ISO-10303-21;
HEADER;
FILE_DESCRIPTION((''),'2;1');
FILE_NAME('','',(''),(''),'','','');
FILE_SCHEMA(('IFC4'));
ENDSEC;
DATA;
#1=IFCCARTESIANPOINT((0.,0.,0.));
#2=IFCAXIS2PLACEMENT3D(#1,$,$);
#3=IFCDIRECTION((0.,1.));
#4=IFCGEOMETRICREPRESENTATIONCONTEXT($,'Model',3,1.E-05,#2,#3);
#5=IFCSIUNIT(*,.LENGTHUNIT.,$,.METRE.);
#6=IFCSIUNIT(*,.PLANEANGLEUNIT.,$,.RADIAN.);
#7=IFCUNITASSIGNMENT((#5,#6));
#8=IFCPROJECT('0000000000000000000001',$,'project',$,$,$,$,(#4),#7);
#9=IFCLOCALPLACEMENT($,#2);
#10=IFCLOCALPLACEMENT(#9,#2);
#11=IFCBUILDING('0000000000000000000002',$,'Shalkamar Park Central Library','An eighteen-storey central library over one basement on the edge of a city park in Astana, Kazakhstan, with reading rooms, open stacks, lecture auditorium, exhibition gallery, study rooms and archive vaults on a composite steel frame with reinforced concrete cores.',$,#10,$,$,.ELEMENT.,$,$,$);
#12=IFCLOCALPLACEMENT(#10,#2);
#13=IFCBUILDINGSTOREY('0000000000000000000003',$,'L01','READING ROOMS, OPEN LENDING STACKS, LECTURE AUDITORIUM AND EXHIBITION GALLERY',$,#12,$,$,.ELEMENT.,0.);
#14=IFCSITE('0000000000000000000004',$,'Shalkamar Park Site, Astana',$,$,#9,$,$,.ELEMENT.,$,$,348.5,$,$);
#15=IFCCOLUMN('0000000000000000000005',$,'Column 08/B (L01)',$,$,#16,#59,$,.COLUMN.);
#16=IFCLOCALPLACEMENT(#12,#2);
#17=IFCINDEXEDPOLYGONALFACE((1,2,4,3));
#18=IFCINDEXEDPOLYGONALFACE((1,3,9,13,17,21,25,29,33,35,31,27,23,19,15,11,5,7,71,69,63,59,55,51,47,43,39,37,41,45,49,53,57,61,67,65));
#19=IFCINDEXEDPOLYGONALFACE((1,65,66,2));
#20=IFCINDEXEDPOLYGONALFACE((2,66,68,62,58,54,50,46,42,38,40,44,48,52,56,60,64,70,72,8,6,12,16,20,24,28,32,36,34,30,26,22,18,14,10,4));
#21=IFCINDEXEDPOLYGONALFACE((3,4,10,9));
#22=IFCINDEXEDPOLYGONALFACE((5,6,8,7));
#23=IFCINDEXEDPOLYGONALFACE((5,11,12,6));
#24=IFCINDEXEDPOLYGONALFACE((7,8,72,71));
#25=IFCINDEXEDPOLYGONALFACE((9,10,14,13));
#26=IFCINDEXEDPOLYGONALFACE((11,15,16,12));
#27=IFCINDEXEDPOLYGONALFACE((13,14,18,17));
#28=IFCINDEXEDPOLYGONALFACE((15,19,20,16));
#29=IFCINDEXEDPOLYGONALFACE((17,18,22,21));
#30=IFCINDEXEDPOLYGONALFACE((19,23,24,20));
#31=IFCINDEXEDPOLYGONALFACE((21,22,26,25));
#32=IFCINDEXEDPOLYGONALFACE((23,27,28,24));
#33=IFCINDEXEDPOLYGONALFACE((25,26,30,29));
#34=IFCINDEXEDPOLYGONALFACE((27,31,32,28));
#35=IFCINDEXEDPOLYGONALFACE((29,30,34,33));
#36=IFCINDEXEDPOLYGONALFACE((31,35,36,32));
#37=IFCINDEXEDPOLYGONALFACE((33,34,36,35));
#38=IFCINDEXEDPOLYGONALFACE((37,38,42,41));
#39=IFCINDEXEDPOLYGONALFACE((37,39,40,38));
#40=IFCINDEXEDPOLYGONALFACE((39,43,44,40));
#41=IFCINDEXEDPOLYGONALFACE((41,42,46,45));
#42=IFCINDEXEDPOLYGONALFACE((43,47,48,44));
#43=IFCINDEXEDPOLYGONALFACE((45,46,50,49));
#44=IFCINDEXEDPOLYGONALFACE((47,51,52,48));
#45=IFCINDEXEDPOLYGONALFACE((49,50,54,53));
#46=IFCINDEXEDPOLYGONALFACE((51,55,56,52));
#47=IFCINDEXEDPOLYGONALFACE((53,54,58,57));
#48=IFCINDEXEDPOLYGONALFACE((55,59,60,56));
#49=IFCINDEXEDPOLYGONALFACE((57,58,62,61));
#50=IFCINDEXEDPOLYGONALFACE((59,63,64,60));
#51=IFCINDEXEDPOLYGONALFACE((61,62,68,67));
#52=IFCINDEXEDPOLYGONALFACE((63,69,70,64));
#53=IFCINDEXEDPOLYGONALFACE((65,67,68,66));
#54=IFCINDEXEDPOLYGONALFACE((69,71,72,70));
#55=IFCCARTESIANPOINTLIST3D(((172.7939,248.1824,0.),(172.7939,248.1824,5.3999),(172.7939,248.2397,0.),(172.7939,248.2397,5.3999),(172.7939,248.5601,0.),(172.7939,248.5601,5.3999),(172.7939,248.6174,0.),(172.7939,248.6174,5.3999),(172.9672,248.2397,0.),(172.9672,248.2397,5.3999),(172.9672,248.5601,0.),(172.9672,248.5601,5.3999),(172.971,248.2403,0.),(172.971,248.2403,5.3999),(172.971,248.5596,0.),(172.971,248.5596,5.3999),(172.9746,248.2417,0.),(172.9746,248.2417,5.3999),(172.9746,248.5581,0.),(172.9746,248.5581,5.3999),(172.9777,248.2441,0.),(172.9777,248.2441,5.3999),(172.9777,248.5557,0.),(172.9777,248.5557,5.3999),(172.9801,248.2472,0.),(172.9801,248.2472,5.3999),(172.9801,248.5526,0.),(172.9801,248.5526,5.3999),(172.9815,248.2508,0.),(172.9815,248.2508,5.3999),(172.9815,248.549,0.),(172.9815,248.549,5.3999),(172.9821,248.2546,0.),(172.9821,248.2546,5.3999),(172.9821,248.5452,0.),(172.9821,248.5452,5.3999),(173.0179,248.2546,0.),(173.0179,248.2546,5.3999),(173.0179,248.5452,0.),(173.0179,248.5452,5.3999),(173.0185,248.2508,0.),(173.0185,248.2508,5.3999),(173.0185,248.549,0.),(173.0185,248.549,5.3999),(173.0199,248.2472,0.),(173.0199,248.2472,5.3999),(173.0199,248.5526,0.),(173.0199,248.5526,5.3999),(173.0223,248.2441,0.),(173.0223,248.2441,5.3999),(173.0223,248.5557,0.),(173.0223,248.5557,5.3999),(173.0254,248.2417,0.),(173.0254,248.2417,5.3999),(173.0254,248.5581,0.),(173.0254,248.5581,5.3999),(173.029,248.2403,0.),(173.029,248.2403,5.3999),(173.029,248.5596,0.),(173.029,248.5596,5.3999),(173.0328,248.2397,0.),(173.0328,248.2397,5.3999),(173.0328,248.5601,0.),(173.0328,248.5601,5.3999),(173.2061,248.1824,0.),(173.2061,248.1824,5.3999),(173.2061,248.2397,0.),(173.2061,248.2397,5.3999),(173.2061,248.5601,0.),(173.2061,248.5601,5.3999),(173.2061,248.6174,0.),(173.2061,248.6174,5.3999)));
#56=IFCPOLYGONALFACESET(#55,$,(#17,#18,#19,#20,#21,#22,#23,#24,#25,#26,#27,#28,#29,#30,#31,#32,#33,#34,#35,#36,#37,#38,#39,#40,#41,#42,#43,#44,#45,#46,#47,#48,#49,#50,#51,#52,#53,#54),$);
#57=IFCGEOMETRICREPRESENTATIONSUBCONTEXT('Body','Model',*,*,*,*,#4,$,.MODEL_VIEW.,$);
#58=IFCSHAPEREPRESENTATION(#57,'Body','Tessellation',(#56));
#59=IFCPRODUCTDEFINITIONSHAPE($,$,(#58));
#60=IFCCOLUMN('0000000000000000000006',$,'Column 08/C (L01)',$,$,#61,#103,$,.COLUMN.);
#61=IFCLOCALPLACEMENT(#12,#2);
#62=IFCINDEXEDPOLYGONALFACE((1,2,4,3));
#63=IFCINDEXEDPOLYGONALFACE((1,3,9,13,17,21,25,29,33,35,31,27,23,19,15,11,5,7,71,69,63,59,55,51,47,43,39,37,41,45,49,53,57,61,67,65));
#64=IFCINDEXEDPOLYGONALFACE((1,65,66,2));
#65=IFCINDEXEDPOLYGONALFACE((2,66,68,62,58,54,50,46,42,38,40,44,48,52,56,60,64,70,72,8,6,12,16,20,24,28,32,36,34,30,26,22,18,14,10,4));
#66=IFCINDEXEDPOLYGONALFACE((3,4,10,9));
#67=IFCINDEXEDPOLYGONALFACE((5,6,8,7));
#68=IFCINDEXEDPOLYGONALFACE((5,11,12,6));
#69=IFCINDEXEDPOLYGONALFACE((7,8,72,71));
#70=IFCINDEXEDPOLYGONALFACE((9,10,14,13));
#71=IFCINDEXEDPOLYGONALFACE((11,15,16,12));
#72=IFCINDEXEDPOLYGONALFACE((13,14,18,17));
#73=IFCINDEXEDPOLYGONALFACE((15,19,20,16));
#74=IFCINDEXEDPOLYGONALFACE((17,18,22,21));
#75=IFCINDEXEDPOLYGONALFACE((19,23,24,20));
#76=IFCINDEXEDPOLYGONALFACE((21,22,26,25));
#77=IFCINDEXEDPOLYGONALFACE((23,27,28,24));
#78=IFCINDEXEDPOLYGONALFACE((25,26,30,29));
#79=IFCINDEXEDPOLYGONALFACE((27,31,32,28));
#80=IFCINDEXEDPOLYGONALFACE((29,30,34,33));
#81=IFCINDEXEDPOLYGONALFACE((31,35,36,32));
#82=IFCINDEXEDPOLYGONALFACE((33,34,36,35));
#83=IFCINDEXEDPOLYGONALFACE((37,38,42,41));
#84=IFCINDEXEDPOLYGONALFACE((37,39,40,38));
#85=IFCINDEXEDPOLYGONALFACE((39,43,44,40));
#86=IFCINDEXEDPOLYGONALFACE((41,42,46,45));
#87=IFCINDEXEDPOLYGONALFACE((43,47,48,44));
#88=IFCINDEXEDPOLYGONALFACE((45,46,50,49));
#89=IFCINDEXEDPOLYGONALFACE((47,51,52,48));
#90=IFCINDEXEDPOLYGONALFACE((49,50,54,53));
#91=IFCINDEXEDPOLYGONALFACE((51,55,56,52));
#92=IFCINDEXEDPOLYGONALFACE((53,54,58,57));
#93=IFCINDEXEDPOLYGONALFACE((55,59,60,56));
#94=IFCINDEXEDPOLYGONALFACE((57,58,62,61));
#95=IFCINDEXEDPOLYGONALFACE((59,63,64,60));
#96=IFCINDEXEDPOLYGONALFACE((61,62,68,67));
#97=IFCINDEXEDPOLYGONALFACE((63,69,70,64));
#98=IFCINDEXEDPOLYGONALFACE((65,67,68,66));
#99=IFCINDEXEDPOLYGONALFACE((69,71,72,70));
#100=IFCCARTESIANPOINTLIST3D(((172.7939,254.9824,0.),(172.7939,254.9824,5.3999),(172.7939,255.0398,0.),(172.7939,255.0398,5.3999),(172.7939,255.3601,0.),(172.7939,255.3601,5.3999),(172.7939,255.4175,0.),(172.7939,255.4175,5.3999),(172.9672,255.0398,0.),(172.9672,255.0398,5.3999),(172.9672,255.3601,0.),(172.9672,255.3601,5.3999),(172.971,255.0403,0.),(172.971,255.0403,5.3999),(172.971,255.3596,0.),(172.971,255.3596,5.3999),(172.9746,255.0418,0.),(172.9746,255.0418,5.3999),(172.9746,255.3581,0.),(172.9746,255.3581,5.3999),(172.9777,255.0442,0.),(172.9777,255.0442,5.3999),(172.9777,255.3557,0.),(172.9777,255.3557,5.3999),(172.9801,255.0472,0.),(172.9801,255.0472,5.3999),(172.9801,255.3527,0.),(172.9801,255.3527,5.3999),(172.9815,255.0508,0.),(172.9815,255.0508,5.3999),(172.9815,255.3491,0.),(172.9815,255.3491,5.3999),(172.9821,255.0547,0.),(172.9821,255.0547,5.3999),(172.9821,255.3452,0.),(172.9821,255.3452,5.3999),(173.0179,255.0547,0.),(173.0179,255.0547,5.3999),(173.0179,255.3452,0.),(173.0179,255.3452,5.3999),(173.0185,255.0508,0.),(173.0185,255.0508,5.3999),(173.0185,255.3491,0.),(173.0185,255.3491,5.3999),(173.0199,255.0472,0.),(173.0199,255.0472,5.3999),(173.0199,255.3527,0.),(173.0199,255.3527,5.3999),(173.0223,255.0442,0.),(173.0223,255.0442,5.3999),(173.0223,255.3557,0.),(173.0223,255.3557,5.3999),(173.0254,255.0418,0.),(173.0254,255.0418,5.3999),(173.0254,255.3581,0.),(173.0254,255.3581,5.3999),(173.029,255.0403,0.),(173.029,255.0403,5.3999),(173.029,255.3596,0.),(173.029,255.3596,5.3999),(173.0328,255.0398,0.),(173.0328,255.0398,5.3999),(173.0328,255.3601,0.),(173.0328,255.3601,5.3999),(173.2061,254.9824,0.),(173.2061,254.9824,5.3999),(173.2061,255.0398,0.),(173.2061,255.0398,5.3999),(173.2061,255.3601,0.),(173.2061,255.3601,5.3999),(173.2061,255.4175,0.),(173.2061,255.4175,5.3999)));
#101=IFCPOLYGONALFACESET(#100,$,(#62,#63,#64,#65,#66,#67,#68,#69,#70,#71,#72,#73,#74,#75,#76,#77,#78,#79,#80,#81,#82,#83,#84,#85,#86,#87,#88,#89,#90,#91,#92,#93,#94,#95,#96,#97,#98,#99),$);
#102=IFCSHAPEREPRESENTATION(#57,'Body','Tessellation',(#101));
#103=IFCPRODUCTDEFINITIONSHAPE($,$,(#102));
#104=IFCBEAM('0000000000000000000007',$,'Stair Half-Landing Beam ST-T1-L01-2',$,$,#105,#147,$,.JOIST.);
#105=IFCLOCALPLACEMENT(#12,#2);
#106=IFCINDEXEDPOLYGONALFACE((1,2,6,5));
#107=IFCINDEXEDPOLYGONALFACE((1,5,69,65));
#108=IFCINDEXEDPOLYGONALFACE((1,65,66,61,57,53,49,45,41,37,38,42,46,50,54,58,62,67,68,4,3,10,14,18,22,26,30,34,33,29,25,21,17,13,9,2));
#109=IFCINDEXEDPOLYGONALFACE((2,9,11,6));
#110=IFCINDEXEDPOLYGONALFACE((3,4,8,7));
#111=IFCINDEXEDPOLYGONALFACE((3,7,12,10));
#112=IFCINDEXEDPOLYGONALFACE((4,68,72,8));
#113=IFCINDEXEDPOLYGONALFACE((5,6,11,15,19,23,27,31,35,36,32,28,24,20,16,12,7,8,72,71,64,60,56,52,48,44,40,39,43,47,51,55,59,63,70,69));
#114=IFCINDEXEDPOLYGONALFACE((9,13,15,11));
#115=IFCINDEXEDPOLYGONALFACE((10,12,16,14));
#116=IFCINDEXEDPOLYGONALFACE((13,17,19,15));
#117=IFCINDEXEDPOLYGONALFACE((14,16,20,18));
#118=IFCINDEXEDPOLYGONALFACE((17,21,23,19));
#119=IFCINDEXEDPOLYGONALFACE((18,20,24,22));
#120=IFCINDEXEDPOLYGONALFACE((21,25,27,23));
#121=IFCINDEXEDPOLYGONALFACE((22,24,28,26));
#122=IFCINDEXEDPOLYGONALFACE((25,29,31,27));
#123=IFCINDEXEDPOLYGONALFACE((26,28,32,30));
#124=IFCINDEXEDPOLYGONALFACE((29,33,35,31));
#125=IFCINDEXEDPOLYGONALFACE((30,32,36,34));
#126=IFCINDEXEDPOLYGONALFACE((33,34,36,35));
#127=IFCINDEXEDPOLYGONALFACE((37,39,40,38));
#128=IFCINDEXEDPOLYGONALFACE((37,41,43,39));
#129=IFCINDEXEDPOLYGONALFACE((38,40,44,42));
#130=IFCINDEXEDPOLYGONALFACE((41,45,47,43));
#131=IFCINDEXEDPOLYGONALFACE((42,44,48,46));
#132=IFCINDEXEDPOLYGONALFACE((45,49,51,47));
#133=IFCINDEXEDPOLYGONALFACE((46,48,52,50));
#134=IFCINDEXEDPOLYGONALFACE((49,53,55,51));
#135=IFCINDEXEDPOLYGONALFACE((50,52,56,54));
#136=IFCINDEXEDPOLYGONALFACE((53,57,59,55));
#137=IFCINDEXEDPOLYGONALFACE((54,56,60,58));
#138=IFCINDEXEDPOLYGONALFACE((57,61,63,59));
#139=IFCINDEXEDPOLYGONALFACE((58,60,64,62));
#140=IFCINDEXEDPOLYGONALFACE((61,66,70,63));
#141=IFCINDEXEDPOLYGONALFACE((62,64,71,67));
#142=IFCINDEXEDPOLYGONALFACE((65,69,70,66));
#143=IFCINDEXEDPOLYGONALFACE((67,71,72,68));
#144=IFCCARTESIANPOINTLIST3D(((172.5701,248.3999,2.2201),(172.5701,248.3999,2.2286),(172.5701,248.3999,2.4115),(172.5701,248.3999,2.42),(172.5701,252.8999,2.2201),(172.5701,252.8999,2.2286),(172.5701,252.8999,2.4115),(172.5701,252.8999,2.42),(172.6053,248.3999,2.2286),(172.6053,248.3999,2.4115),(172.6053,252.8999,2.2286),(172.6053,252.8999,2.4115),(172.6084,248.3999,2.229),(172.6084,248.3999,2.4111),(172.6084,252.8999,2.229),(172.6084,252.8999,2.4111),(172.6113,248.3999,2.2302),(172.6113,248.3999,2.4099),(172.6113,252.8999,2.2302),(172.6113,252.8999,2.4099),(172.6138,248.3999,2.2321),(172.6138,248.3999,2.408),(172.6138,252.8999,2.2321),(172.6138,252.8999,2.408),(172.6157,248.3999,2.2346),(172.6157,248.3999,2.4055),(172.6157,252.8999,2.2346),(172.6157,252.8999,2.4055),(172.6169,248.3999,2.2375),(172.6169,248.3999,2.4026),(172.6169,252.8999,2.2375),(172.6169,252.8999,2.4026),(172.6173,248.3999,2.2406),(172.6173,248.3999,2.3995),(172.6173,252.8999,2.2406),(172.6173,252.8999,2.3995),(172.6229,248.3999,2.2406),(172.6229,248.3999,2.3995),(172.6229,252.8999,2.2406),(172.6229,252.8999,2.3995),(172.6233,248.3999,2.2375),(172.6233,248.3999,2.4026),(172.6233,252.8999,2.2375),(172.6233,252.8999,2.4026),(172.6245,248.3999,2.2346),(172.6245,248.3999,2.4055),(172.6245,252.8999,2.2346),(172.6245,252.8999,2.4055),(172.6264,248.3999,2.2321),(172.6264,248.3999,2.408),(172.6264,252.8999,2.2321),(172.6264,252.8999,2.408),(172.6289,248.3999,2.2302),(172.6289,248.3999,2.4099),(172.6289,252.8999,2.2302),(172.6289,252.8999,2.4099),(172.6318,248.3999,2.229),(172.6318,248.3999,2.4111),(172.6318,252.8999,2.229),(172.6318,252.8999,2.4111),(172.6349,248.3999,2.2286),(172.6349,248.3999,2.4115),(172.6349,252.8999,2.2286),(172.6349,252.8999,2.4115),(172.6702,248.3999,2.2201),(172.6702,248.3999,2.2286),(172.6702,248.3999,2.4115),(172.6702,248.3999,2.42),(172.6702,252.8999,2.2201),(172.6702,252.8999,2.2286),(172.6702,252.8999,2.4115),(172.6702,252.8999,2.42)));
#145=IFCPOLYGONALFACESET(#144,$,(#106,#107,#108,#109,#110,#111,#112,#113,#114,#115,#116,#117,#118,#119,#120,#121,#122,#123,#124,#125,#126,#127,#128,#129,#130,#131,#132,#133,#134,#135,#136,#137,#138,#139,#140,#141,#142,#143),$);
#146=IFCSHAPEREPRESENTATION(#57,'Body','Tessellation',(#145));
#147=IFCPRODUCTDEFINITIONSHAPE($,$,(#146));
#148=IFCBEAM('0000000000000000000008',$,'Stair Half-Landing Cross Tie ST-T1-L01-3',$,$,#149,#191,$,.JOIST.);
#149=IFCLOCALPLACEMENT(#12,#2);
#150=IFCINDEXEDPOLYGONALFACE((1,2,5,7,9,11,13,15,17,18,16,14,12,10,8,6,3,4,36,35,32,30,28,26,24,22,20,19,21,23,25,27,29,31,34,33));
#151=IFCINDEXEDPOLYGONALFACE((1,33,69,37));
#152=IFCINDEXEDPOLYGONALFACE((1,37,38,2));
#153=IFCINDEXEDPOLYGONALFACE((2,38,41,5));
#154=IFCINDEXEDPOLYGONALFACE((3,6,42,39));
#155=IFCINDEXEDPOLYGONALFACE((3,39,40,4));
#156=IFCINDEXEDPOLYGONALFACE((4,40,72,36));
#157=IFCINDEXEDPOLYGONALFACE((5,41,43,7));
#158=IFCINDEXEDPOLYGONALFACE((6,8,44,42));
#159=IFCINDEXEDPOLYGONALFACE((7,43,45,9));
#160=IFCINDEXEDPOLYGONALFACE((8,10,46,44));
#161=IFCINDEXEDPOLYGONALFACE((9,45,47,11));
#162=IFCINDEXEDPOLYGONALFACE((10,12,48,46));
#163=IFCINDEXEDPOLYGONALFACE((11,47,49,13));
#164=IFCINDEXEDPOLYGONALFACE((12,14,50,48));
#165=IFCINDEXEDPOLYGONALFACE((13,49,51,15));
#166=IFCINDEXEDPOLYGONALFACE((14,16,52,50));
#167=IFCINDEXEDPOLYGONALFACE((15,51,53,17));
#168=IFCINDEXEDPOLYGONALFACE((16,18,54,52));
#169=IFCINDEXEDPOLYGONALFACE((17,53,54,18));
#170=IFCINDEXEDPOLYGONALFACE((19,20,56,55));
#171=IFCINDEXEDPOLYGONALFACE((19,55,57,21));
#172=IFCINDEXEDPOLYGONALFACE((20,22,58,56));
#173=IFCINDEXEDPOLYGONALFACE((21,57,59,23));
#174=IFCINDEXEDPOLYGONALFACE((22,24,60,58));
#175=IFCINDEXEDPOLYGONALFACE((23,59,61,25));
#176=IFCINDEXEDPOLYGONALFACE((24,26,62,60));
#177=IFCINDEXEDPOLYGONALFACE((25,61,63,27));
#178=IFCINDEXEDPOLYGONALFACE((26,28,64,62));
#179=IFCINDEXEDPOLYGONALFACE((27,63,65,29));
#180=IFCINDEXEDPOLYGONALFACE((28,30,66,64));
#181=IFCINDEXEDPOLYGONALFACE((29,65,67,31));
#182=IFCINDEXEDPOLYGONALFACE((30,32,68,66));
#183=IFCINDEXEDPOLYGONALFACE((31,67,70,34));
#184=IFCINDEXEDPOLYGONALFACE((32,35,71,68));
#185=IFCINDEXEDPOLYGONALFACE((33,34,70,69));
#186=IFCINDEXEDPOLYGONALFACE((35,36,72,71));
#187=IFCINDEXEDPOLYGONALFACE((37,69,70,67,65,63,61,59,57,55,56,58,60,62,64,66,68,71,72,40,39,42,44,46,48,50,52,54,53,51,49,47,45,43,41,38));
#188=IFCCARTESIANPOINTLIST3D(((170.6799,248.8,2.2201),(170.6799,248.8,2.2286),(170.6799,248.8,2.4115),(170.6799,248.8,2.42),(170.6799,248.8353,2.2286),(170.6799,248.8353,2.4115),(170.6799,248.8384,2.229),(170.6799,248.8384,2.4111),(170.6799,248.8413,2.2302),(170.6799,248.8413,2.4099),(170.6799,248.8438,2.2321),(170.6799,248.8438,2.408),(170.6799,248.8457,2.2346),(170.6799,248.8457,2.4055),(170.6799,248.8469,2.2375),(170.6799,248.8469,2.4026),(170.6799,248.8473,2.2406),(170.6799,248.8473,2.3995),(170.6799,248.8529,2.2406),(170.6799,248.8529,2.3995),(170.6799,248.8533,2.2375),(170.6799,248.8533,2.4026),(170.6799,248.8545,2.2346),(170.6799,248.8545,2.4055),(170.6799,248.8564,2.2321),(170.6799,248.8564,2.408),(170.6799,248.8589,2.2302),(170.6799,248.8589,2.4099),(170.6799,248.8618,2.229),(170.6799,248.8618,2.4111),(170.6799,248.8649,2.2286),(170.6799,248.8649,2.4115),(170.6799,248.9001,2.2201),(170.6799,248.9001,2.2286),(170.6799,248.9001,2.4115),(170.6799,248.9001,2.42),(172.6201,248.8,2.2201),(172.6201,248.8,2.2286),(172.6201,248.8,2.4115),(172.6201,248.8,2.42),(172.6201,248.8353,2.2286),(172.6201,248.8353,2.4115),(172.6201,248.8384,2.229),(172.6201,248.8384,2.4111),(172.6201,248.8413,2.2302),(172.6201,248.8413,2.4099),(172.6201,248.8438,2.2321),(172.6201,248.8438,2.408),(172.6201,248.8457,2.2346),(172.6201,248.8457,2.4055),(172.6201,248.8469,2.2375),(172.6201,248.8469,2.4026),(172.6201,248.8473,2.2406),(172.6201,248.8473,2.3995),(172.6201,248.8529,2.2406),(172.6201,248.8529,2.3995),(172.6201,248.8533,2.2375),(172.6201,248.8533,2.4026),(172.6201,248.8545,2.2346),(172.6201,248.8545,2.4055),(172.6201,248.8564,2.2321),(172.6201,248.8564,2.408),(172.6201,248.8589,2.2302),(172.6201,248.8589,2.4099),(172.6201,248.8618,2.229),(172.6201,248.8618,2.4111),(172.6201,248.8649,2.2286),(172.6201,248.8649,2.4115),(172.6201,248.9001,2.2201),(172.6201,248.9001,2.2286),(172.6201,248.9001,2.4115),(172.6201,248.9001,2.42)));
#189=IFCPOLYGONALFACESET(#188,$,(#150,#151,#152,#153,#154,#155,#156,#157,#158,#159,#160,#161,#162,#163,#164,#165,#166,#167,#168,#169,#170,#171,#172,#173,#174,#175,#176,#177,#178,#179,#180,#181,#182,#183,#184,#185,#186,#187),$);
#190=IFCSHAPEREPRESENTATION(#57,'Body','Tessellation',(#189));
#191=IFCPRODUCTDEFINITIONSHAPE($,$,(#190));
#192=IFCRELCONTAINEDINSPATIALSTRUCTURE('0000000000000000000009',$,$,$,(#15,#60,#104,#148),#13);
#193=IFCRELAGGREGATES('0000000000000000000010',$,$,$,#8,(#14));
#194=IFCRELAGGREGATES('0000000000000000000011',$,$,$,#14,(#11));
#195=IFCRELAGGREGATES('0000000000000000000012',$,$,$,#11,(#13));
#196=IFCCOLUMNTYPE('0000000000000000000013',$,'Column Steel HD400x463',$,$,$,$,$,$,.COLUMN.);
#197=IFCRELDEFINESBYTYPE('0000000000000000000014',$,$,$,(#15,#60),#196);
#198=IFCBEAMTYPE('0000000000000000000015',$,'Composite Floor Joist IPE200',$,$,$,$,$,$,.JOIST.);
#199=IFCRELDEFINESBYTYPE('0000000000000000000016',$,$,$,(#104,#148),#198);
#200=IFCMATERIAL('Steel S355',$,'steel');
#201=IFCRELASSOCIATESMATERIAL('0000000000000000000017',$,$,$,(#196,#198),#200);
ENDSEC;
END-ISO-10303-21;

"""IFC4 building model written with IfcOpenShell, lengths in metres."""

from ifc_helpers import new_model, si_unit, direction, frame, origin, origin_2d, place, context, subcontext, project, spatial, i_section, extrude, material, material_profile, profile_set, type_object, element, save


model = new_model("IFC4")

# Units and contexts
model_context = context("Model", 3, precision=1e-05, world=origin(), true_north=direction((0.0, 1.0)))
body_context = subcontext(model_context, "Body", "Model", "MODEL_VIEW")
ifc_project = project(units=[si_unit("LENGTHUNIT", "METRE"), si_unit("PLANEANGLEUNIT", "RADIAN")], contexts=[model_context])

# Site, building, storey
site_placement = place(None, origin())
site = spatial("IfcSite", under=ifc_project, at=site_placement, Name="Shalkamar Park Site, Astana", CompositionType="ELEMENT", RefElevation=348.5)
building_placement = place(site_placement, origin())
building = spatial("IfcBuilding", under=site, at=building_placement, Name="Shalkamar Park Central Library", Description="An eighteen-storey central library over one basement on the edge of a city park in Astana, Kazakhstan, with reading rooms, open stacks, lecture auditorium, exhibition gallery, study rooms and archive vaults on a composite steel frame with reinforced concrete cores.", CompositionType="ELEMENT")
storey_placement = place(building_placement, origin())
storey = spatial("IfcBuildingStorey", under=building, at=storey_placement, Name="L01", Description="READING ROOMS, OPEN LENDING STACKS, LECTURE AUDITORIUM AND EXHIBITION GALLERY", CompositionType="ELEMENT", Elevation=0.0)

# Columns
ifc_material_1 = material(Name="Steel S355", Category="steel")
ifc_material_profile_1 = material_profile(ifc_material_1, i_section(OverallWidth=0.4121, OverallDepth=0.4351, WebThickness=0.0359, FlangeThickness=0.0574, FilletRadius=0.0149, at=origin_2d()), Name="HD 400x463")
ifc_profile_set_1 = profile_set([ifc_material_profile_1], Name="Steel S355")
column_type = type_object("IfcColumnType", Name="Column Steel HD400x463", PredefinedType="COLUMN", material=ifc_profile_set_1)
for number, where, z_axis, x_axis, name in (
    (1, (173.0, 248.3999, 0.0), (0.0, 0.0, 1.0), (1.0, 0.0, 0.0), "Column 08/B (L01)"),
    (2, (173.0, 255.2, 0.0), (0.0, 0.0, 1.0), (1.0, 0.0, 0.0), "Column 08/C (L01)"),
):
    element("IfcColumn", number, at=place(storey_placement, frame(where, z_axis=z_axis, x_axis=x_axis)), inside=storey, type_object=column_type, Name=name, PredefinedType="COLUMN", context=body_context, shape_type="SweptSolid", body=[
        extrude(i_section(OverallWidth=0.4121, OverallDepth=0.4351, WebThickness=0.0359, FlangeThickness=0.0574, FilletRadius=0.0149, at=origin_2d()), origin(), (0.0, 0.0, 1.0), 5.3999),
    ])

# Beams
ifc_material_profile_2 = material_profile(ifc_material_1, i_section(OverallWidth=0.1001, OverallDepth=0.2, WebThickness=0.0056, FlangeThickness=0.0085, FilletRadius=0.012, at=origin_2d()), Name="IPE 200")
ifc_profile_set_2 = profile_set([ifc_material_profile_2], Name="Steel S355")
beam_type_1 = type_object("IfcBeamType", Name="Composite Floor Joist IPE200", PredefinedType="JOIST", material=ifc_profile_set_2)
beam_1_placement = place(storey_placement, frame((172.6201, 248.3999, 2.3201), z_axis=(0.0, 1.0, 0.0), x_axis=(-1.0, 0.0, 0.0)))
element("IfcBeam", 3, at=beam_1_placement, inside=storey, type_object=beam_type_1, Name="Stair Half-Landing Beam ST-T1-L01-2", PredefinedType="JOIST", context=body_context, shape_type="SweptSolid", body=[
    extrude(i_section(OverallWidth=0.1001, OverallDepth=0.2, WebThickness=0.0056, FlangeThickness=0.0085, FilletRadius=0.012, at=origin_2d()), origin(), (0.0, 0.0, 1.0), 4.5),
])
beam_2_placement = place(storey_placement, frame((170.6799, 248.8501, 2.3201), z_axis=(1.0, 0.0, 0.0), x_axis=(0.0, 1.0, 0.0)))
element("IfcBeam", 4, at=beam_2_placement, inside=storey, type_object=beam_type_1, Name="Stair Half-Landing Cross Tie ST-T1-L01-3", PredefinedType="JOIST", context=body_context, shape_type="SweptSolid", body=[
    extrude(i_section(OverallWidth=0.1001, OverallDepth=0.2, WebThickness=0.0056, FlangeThickness=0.0085, FilletRadius=0.012, at=origin_2d()), origin(), (0.0, 0.0, 1.0), 1.9402),
])

save(model, "model.ifc")
